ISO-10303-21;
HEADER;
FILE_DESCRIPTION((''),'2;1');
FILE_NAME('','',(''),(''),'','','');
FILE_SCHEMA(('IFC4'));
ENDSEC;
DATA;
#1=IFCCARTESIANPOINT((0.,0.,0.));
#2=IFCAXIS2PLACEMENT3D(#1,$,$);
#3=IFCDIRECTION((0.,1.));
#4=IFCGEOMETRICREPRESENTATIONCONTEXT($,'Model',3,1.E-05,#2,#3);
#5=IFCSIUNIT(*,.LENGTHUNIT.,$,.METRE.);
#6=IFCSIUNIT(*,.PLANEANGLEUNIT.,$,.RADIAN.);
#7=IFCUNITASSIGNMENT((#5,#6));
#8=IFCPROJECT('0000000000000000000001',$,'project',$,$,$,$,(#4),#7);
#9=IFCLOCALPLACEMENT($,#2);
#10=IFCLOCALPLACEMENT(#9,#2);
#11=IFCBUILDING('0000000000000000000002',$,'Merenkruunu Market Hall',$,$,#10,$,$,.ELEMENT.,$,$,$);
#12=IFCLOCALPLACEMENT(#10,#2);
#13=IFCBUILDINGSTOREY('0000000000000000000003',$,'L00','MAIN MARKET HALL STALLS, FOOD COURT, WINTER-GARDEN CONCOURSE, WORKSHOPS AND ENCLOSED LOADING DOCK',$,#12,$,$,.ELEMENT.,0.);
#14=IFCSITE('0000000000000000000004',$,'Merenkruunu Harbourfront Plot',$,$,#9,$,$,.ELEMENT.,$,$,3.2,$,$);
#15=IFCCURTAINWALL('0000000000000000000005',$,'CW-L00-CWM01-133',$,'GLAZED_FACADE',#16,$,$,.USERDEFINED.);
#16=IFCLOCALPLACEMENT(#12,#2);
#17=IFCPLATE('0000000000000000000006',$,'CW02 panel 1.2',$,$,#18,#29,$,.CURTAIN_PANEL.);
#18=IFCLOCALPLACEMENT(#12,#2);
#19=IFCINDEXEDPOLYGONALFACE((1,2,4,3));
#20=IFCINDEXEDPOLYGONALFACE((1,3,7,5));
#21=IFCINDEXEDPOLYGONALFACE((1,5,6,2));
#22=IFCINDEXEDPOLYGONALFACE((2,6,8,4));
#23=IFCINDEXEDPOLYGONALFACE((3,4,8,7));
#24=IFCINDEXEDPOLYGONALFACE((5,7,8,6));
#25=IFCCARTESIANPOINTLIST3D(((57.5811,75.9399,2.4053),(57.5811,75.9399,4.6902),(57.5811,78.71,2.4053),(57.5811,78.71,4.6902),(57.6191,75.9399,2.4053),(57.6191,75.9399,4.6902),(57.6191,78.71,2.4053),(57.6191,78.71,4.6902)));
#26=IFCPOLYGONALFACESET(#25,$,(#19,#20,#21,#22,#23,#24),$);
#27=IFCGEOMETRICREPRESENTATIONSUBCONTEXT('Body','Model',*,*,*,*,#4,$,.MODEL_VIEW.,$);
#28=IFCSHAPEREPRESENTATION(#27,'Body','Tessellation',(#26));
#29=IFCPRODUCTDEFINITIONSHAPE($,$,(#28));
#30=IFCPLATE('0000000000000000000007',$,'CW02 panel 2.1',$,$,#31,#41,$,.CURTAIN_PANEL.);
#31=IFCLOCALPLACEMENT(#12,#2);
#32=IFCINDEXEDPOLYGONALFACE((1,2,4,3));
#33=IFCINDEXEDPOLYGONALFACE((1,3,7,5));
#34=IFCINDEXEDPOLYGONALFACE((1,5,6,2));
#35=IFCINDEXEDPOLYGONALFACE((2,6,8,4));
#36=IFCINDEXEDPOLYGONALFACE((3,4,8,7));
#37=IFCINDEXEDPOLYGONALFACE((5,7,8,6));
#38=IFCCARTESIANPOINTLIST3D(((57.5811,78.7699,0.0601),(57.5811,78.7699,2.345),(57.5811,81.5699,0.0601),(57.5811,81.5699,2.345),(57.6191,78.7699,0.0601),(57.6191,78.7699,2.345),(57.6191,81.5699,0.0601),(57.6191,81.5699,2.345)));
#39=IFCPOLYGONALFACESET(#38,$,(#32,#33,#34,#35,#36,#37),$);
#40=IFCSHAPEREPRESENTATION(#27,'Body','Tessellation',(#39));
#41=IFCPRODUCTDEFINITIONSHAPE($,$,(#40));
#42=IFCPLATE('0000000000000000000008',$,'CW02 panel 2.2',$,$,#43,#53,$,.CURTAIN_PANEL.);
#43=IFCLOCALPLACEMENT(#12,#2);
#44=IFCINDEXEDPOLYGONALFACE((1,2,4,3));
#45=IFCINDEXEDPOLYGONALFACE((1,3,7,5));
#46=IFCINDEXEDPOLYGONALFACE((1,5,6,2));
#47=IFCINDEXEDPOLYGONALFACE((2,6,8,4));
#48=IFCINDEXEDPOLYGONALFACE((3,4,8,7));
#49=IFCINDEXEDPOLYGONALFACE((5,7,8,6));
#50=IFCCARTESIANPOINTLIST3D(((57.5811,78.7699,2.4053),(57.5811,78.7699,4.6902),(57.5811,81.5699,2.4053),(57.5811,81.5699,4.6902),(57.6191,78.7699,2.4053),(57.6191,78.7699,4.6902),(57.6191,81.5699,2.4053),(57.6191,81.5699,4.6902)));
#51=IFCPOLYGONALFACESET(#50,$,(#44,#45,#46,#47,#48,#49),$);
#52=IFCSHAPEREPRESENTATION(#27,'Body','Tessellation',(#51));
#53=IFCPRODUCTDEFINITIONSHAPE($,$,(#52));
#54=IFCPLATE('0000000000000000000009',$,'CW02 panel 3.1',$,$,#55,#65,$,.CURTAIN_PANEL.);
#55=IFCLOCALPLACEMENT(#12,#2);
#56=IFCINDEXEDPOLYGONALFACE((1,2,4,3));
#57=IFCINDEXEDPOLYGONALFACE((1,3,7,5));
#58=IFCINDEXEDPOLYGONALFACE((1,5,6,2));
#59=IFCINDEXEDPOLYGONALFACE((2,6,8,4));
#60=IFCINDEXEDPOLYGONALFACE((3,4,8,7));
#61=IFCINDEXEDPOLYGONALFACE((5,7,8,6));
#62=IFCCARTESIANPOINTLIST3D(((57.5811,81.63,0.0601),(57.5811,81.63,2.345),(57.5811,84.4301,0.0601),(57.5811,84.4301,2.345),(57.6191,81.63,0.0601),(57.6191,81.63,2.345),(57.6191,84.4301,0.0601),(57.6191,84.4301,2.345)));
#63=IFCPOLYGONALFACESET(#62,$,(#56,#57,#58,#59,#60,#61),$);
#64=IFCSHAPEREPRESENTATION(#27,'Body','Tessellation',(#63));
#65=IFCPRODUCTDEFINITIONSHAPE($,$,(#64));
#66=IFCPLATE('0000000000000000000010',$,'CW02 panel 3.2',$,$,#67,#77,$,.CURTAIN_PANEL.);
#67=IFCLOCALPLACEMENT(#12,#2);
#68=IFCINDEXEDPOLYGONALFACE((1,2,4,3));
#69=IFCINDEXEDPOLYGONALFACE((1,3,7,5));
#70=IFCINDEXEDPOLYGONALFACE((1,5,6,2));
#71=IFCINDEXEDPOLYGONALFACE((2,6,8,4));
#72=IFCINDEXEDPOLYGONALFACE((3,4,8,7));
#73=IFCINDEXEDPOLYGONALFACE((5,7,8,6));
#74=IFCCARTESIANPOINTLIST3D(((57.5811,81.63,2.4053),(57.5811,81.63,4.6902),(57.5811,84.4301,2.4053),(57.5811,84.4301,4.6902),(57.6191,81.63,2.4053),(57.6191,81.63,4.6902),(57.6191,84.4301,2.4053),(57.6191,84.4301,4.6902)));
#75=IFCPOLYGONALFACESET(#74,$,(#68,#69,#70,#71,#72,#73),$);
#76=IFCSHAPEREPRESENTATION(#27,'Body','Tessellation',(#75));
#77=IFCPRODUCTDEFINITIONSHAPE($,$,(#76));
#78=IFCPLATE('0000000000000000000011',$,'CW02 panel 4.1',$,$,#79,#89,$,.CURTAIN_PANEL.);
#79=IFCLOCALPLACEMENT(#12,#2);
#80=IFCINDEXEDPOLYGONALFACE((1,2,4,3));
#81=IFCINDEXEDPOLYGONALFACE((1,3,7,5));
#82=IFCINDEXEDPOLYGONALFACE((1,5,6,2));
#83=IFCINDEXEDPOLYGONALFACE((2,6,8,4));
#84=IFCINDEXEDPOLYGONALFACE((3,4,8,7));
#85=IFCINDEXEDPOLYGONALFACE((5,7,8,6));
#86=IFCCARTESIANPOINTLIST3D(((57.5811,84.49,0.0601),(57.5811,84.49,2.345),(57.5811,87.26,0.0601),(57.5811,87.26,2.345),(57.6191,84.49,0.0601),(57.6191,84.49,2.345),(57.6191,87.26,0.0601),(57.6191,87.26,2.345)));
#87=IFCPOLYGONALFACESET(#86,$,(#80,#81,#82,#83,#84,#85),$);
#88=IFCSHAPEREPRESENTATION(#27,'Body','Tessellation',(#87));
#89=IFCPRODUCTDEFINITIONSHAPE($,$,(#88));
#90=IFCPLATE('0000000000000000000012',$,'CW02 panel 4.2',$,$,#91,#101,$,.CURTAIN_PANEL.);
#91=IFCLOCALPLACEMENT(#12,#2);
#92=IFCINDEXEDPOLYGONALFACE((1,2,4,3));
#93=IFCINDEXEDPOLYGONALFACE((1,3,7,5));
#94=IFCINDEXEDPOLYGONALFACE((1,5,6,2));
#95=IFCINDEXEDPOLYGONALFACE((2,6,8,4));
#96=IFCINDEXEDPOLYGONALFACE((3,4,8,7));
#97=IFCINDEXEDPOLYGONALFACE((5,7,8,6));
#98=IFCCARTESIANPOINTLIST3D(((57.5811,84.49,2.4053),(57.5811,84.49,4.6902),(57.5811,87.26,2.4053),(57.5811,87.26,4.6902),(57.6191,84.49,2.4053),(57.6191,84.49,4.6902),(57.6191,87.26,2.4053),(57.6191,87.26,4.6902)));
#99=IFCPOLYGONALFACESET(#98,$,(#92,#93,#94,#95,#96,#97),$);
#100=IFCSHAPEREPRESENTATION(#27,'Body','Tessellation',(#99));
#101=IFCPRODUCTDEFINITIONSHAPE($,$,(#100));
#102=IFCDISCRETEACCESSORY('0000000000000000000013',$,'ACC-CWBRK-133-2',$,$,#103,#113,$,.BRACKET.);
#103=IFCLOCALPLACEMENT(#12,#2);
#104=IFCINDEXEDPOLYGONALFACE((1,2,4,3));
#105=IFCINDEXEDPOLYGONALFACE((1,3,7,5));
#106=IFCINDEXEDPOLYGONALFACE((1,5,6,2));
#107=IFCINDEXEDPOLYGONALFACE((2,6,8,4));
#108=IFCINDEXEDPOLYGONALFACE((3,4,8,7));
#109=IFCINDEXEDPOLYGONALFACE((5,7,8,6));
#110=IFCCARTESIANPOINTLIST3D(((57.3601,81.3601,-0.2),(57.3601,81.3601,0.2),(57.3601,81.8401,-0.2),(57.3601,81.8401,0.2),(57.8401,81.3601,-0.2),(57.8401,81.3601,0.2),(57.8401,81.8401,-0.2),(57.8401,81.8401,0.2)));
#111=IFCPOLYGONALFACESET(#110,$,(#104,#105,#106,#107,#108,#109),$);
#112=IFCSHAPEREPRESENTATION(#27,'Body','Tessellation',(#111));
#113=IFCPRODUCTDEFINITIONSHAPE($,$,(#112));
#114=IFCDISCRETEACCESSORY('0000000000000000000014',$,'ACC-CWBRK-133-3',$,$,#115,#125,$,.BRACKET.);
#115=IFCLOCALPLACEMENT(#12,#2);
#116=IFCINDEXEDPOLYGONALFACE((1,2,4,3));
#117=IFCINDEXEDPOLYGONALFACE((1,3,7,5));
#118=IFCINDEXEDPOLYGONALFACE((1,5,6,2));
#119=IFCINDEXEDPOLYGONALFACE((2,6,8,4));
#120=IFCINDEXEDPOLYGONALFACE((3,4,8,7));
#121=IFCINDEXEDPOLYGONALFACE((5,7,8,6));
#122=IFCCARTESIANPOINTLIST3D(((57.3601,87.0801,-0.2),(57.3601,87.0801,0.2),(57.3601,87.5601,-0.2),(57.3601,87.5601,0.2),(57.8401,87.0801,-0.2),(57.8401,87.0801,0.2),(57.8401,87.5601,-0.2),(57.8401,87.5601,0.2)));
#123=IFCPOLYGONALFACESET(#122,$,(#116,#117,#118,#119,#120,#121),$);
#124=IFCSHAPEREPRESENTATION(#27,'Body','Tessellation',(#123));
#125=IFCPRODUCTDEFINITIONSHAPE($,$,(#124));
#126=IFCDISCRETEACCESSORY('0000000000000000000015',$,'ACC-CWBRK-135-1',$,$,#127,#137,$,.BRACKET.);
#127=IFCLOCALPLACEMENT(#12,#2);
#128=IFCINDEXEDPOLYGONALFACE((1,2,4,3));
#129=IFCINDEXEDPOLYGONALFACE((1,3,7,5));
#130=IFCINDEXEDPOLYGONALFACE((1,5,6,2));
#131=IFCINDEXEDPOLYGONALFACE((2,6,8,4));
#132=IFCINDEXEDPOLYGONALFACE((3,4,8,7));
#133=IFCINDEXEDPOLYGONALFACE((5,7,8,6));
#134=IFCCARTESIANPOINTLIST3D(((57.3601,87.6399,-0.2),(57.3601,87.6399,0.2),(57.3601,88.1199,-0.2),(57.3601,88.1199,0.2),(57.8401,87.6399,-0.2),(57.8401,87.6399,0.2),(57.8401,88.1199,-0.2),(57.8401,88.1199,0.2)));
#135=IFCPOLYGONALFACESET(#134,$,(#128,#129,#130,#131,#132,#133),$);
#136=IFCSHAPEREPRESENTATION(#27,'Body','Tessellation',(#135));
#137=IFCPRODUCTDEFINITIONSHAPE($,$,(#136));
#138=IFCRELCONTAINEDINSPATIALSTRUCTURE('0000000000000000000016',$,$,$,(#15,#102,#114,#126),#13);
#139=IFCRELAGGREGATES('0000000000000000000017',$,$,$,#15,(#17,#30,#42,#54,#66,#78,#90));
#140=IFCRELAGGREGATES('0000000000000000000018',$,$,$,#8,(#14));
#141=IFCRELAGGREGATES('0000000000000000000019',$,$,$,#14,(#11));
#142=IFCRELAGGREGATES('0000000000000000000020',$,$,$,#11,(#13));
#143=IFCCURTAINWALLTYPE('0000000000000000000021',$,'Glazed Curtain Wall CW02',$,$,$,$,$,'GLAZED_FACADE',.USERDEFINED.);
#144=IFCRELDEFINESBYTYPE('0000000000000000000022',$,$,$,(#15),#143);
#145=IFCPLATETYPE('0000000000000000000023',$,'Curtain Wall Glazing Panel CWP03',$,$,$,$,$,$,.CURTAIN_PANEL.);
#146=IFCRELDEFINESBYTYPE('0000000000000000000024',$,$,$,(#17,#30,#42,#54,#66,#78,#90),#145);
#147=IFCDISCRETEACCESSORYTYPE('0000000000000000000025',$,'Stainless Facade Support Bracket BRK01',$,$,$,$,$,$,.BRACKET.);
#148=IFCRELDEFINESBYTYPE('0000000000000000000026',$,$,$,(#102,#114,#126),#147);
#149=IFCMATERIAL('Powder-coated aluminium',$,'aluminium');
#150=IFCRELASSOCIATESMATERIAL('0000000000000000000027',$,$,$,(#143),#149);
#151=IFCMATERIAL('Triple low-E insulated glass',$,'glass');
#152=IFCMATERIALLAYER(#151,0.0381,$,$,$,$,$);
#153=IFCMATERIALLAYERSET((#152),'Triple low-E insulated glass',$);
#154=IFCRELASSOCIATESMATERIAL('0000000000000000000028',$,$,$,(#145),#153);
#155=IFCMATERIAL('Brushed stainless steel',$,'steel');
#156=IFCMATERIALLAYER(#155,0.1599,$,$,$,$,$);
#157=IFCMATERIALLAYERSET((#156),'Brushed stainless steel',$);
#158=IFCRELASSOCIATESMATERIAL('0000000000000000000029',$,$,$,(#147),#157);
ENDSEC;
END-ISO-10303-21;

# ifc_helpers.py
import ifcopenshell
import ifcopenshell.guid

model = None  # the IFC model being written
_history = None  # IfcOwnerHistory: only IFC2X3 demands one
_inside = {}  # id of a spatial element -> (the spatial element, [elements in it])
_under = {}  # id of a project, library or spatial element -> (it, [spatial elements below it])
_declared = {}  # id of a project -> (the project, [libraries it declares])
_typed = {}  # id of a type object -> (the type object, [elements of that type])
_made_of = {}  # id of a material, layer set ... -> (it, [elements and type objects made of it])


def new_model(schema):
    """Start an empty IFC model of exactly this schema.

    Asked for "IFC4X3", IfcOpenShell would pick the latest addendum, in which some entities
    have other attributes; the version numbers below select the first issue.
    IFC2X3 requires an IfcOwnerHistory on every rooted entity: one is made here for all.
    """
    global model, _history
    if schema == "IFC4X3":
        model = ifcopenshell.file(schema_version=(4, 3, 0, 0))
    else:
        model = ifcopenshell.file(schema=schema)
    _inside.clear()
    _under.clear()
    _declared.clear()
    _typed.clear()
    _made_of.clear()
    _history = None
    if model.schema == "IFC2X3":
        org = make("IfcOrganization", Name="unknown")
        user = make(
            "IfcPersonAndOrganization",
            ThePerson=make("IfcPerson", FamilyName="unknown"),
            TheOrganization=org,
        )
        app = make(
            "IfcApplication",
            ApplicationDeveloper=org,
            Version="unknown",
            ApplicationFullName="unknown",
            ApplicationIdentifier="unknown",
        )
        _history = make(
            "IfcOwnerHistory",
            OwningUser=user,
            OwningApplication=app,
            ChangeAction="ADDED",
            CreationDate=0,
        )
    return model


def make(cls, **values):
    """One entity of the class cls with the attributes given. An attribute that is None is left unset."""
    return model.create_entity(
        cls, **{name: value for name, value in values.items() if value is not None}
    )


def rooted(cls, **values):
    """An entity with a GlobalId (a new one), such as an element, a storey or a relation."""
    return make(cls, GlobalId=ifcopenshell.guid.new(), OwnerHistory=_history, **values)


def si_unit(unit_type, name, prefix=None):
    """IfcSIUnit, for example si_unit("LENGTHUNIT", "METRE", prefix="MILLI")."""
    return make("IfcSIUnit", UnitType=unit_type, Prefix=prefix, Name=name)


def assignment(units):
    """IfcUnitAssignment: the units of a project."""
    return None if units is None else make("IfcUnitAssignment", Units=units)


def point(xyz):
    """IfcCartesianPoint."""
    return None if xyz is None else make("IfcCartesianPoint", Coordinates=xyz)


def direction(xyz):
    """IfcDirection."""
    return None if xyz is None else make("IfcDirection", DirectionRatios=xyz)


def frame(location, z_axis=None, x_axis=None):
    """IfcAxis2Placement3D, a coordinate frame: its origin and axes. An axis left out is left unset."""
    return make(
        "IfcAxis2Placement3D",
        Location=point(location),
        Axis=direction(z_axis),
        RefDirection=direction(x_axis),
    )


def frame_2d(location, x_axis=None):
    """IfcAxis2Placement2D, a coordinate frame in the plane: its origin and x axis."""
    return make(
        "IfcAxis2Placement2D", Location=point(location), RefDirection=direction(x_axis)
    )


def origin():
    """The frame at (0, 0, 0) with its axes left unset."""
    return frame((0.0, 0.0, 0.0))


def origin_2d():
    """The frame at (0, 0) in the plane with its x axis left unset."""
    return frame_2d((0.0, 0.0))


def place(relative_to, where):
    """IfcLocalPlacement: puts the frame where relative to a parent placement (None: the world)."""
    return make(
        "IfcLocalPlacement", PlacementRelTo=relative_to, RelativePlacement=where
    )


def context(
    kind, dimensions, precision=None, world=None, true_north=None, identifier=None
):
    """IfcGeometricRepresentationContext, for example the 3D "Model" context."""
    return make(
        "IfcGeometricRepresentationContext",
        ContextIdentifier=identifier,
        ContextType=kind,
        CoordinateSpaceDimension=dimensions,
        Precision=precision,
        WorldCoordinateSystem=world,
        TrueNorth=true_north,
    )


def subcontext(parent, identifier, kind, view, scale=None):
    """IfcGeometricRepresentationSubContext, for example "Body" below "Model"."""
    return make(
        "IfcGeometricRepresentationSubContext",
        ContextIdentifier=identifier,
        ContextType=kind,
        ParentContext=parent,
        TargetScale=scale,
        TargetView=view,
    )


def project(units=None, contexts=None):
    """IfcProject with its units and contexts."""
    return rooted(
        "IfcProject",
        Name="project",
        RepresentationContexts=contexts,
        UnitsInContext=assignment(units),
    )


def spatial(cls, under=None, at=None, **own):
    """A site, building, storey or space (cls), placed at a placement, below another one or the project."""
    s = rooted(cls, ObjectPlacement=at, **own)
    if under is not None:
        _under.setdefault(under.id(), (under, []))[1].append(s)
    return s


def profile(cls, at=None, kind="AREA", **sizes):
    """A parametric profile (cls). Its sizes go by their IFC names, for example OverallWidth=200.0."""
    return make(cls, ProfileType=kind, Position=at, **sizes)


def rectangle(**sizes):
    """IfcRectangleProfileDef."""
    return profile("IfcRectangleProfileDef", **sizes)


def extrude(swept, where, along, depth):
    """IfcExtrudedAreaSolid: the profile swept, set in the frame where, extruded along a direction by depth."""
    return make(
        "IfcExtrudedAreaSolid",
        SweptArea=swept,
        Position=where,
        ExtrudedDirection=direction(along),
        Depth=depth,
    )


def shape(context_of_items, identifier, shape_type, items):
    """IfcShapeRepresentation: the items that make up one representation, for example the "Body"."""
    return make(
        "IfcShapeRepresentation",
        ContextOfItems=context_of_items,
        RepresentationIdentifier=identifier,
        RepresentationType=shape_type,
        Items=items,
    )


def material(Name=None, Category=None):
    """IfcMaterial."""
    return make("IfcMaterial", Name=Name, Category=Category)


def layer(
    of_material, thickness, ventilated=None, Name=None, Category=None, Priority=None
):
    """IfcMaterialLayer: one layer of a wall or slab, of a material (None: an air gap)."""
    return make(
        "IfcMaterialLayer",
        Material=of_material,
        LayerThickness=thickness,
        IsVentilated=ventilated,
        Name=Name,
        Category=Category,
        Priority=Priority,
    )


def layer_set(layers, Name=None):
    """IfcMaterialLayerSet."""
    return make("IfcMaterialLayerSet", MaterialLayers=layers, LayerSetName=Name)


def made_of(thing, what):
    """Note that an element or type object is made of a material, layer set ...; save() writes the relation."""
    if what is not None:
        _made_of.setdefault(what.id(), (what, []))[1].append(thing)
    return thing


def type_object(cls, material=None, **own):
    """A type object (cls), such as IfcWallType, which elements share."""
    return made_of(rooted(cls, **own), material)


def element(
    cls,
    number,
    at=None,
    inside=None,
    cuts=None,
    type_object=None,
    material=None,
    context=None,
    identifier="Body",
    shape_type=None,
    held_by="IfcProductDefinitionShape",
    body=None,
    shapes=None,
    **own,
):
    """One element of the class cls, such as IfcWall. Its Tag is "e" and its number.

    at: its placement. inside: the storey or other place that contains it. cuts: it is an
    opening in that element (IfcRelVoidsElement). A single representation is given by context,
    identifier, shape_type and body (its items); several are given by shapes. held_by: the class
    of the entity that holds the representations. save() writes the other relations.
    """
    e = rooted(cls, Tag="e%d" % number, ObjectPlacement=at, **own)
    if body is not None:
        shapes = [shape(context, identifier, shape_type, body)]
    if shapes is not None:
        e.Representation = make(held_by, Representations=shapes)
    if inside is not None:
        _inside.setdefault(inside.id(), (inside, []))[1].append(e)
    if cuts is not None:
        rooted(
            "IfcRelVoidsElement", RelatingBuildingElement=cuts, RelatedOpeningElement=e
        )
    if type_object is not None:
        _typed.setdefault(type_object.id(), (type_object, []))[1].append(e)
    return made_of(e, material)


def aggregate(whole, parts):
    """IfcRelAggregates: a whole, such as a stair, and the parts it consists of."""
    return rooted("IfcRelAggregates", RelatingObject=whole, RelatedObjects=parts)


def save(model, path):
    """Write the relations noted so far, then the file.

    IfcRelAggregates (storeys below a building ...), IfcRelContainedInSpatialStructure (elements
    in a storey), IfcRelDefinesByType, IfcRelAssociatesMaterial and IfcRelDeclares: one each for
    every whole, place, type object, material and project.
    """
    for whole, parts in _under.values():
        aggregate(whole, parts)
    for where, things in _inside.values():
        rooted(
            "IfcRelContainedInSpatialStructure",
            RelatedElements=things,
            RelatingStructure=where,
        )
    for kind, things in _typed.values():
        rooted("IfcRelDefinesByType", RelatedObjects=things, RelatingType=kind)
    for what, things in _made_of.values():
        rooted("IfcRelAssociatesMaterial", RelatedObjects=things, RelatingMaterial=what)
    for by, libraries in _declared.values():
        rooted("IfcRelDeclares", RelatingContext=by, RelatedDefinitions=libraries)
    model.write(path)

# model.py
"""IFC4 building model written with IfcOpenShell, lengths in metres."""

from ifc_helpers import new_model, si_unit, direction, frame, origin, origin_2d, place, context, subcontext, project, spatial, rectangle, extrude, material, layer, layer_set, type_object, element, aggregate, save


model = new_model("IFC4")

# Units and contexts
model_context = context("Model", 3, precision=1e-05, world=origin(), true_north=direction((0.0, 1.0)))
body_context = subcontext(model_context, "Body", "Model", "MODEL_VIEW")
ifc_project = project(units=[si_unit("LENGTHUNIT", "METRE"), si_unit("PLANEANGLEUNIT", "RADIAN")], contexts=[model_context])

# Site, building, storey
site_placement = place(None, origin())
site = spatial("IfcSite", under=ifc_project, at=site_placement, Name="Merenkruunu Harbourfront Plot", CompositionType="ELEMENT", RefElevation=3.2)
building_placement = place(site_placement, origin())
building = spatial("IfcBuilding", under=site, at=building_placement, Name="Merenkruunu Market Hall", CompositionType="ELEMENT")
storey_placement = place(building_placement, origin())
storey = spatial("IfcBuildingStorey", under=building, at=storey_placement, Name="L00", Description="MAIN MARKET HALL STALLS, FOOD COURT, WINTER-GARDEN CONCOURSE, WORKSHOPS AND ENCLOSED LOADING DOCK", CompositionType="ELEMENT", Elevation=0.0)

# Curtain wall
ifc_material_1 = material(Name="Powder-coated aluminium", Category="aluminium")
curtain_wall_type = type_object("IfcCurtainWallType", Name="Glazed Curtain Wall CW02", ElementType="GLAZED_FACADE", PredefinedType="USERDEFINED", material=ifc_material_1)
curtain_wall_placement = place(storey_placement, origin())
curtain_wall = element("IfcCurtainWall", 1, at=curtain_wall_placement, inside=storey, type_object=curtain_wall_type, Name="CW-L00-CWM01-133", ObjectType="GLAZED_FACADE", PredefinedType="USERDEFINED")

# Plates
ifc_material_2 = material(Name="Triple low-E insulated glass", Category="glass")
ifc_layer_1 = layer(ifc_material_2, 0.0381)
ifc_layer_set_1 = layer_set([ifc_layer_1], Name="Triple low-E insulated glass")
plate_type_1 = type_object("IfcPlateType", Name="Curtain Wall Glazing Panel CWP03", PredefinedType="CURTAIN_PANEL", material=ifc_layer_set_1)
plate_1_placement = place(storey_placement, frame((57.6001, 77.325, 2.4053), z_axis=(0.0, 0.0, 1.0), x_axis=(0.0, 1.0, 0.0)))
plate_1 = element("IfcPlate", 2, at=plate_1_placement, type_object=plate_type_1, Name="CW02 panel 1.2", PredefinedType="CURTAIN_PANEL", context=body_context, shape_type="SweptSolid", body=[
    extrude(rectangle(XDim=2.77, YDim=0.0381, at=origin_2d()), origin(), (0.0, 0.0, 1.0), 2.2849),
])
plate_2_placement = place(storey_placement, frame((57.6001, 80.1699, 0.0601), z_axis=(0.0, 0.0, 1.0), x_axis=(0.0, 1.0, 0.0)))
plate_2 = element("IfcPlate", 3, at=plate_2_placement, type_object=plate_type_1, Name="CW02 panel 2.1", PredefinedType="CURTAIN_PANEL", context=body_context, shape_type="SweptSolid", body=[
    extrude(rectangle(XDim=2.8, YDim=0.0381, at=origin_2d()), origin(), (0.0, 0.0, 1.0), 2.2849),
])
plate_3_placement = place(storey_placement, frame((57.6001, 80.1699, 2.4053), z_axis=(0.0, 0.0, 1.0), x_axis=(0.0, 1.0, 0.0)))
plate_3 = element("IfcPlate", 4, at=plate_3_placement, type_object=plate_type_1, Name="CW02 panel 2.2", PredefinedType="CURTAIN_PANEL", context=body_context, shape_type="SweptSolid", body=[
    extrude(rectangle(XDim=2.8, YDim=0.0381, at=origin_2d()), origin(), (0.0, 0.0, 1.0), 2.2849),
])
plate_4_placement = place(storey_placement, frame((57.6001, 83.03, 0.0601), z_axis=(0.0, 0.0, 1.0), x_axis=(0.0, 1.0, 0.0)))
plate_4 = element("IfcPlate", 5, at=plate_4_placement, type_object=plate_type_1, Name="CW02 panel 3.1", PredefinedType="CURTAIN_PANEL", context=body_context, shape_type="SweptSolid", body=[
    extrude(rectangle(XDim=2.8, YDim=0.0381, at=origin_2d()), origin(), (0.0, 0.0, 1.0), 2.2849),
])
plate_5_placement = place(storey_placement, frame((57.6001, 83.03, 2.4053), z_axis=(0.0, 0.0, 1.0), x_axis=(0.0, 1.0, 0.0)))
plate_5 = element("IfcPlate", 6, at=plate_5_placement, type_object=plate_type_1, Name="CW02 panel 3.2", PredefinedType="CURTAIN_PANEL", context=body_context, shape_type="SweptSolid", body=[
    extrude(rectangle(XDim=2.8, YDim=0.0381, at=origin_2d()), origin(), (0.0, 0.0, 1.0), 2.2849),
])
plate_6_placement = place(storey_placement, frame((57.6001, 85.875, 0.0601), z_axis=(0.0, 0.0, 1.0), x_axis=(0.0, 1.0, 0.0)))
plate_6 = element("IfcPlate", 7, at=plate_6_placement, type_object=plate_type_1, Name="CW02 panel 4.1", PredefinedType="CURTAIN_PANEL", context=body_context, shape_type="SweptSolid", body=[
    extrude(rectangle(XDim=2.77, YDim=0.0381, at=origin_2d()), origin(), (0.0, 0.0, 1.0), 2.2849),
])
plate_7_placement = place(storey_placement, frame((57.6001, 85.875, 2.4053), z_axis=(0.0, 0.0, 1.0), x_axis=(0.0, 1.0, 0.0)))
plate_7 = element("IfcPlate", 8, at=plate_7_placement, type_object=plate_type_1, Name="CW02 panel 4.2", PredefinedType="CURTAIN_PANEL", context=body_context, shape_type="SweptSolid", body=[
    extrude(rectangle(XDim=2.77, YDim=0.0381, at=origin_2d()), origin(), (0.0, 0.0, 1.0), 2.2849),
])
aggregate(curtain_wall, [plate_1, plate_2, plate_3, plate_4, plate_5, plate_6, plate_7])

# Discrete accessories
ifc_material_3 = material(Name="Brushed stainless steel", Category="steel")
ifc_layer_2 = layer(ifc_material_3, 0.1599)
ifc_layer_set_2 = layer_set([ifc_layer_2], Name="Brushed stainless steel")
discrete_accessory_type = type_object("IfcDiscreteAccessoryType", Name="Stainless Facade Support Bracket BRK01", PredefinedType="BRACKET", material=ifc_layer_set_2)
for number, where, z_axis, x_axis, name in (
    (9, (57.6001, 81.6001, -0.2), (0.0, 0.0, 1.0), (1.0, 0.0, 0.0), "ACC-CWBRK-133-2"),
    (10, (57.6001, 87.3201, -0.2), (0.0, 0.0, 1.0), (1.0, 0.0, 0.0), "ACC-CWBRK-133-3"),
    (11, (57.6001, 87.8799, -0.2), (0.0, 0.0, 1.0), (1.0, 0.0, 0.0), "ACC-CWBRK-135-1"),
):
    element("IfcDiscreteAccessory", number, at=place(storey_placement, frame(where, z_axis=z_axis, x_axis=x_axis)), inside=storey, type_object=discrete_accessory_type, Name=name, PredefinedType="BRACKET", context=body_context, shape_type="SweptSolid", body=[
        extrude(rectangle(XDim=0.48, YDim=0.48, at=origin_2d()), origin(), (0.0, 0.0, 1.0), 0.3999),
    ])

save(model, "model.ifc")
